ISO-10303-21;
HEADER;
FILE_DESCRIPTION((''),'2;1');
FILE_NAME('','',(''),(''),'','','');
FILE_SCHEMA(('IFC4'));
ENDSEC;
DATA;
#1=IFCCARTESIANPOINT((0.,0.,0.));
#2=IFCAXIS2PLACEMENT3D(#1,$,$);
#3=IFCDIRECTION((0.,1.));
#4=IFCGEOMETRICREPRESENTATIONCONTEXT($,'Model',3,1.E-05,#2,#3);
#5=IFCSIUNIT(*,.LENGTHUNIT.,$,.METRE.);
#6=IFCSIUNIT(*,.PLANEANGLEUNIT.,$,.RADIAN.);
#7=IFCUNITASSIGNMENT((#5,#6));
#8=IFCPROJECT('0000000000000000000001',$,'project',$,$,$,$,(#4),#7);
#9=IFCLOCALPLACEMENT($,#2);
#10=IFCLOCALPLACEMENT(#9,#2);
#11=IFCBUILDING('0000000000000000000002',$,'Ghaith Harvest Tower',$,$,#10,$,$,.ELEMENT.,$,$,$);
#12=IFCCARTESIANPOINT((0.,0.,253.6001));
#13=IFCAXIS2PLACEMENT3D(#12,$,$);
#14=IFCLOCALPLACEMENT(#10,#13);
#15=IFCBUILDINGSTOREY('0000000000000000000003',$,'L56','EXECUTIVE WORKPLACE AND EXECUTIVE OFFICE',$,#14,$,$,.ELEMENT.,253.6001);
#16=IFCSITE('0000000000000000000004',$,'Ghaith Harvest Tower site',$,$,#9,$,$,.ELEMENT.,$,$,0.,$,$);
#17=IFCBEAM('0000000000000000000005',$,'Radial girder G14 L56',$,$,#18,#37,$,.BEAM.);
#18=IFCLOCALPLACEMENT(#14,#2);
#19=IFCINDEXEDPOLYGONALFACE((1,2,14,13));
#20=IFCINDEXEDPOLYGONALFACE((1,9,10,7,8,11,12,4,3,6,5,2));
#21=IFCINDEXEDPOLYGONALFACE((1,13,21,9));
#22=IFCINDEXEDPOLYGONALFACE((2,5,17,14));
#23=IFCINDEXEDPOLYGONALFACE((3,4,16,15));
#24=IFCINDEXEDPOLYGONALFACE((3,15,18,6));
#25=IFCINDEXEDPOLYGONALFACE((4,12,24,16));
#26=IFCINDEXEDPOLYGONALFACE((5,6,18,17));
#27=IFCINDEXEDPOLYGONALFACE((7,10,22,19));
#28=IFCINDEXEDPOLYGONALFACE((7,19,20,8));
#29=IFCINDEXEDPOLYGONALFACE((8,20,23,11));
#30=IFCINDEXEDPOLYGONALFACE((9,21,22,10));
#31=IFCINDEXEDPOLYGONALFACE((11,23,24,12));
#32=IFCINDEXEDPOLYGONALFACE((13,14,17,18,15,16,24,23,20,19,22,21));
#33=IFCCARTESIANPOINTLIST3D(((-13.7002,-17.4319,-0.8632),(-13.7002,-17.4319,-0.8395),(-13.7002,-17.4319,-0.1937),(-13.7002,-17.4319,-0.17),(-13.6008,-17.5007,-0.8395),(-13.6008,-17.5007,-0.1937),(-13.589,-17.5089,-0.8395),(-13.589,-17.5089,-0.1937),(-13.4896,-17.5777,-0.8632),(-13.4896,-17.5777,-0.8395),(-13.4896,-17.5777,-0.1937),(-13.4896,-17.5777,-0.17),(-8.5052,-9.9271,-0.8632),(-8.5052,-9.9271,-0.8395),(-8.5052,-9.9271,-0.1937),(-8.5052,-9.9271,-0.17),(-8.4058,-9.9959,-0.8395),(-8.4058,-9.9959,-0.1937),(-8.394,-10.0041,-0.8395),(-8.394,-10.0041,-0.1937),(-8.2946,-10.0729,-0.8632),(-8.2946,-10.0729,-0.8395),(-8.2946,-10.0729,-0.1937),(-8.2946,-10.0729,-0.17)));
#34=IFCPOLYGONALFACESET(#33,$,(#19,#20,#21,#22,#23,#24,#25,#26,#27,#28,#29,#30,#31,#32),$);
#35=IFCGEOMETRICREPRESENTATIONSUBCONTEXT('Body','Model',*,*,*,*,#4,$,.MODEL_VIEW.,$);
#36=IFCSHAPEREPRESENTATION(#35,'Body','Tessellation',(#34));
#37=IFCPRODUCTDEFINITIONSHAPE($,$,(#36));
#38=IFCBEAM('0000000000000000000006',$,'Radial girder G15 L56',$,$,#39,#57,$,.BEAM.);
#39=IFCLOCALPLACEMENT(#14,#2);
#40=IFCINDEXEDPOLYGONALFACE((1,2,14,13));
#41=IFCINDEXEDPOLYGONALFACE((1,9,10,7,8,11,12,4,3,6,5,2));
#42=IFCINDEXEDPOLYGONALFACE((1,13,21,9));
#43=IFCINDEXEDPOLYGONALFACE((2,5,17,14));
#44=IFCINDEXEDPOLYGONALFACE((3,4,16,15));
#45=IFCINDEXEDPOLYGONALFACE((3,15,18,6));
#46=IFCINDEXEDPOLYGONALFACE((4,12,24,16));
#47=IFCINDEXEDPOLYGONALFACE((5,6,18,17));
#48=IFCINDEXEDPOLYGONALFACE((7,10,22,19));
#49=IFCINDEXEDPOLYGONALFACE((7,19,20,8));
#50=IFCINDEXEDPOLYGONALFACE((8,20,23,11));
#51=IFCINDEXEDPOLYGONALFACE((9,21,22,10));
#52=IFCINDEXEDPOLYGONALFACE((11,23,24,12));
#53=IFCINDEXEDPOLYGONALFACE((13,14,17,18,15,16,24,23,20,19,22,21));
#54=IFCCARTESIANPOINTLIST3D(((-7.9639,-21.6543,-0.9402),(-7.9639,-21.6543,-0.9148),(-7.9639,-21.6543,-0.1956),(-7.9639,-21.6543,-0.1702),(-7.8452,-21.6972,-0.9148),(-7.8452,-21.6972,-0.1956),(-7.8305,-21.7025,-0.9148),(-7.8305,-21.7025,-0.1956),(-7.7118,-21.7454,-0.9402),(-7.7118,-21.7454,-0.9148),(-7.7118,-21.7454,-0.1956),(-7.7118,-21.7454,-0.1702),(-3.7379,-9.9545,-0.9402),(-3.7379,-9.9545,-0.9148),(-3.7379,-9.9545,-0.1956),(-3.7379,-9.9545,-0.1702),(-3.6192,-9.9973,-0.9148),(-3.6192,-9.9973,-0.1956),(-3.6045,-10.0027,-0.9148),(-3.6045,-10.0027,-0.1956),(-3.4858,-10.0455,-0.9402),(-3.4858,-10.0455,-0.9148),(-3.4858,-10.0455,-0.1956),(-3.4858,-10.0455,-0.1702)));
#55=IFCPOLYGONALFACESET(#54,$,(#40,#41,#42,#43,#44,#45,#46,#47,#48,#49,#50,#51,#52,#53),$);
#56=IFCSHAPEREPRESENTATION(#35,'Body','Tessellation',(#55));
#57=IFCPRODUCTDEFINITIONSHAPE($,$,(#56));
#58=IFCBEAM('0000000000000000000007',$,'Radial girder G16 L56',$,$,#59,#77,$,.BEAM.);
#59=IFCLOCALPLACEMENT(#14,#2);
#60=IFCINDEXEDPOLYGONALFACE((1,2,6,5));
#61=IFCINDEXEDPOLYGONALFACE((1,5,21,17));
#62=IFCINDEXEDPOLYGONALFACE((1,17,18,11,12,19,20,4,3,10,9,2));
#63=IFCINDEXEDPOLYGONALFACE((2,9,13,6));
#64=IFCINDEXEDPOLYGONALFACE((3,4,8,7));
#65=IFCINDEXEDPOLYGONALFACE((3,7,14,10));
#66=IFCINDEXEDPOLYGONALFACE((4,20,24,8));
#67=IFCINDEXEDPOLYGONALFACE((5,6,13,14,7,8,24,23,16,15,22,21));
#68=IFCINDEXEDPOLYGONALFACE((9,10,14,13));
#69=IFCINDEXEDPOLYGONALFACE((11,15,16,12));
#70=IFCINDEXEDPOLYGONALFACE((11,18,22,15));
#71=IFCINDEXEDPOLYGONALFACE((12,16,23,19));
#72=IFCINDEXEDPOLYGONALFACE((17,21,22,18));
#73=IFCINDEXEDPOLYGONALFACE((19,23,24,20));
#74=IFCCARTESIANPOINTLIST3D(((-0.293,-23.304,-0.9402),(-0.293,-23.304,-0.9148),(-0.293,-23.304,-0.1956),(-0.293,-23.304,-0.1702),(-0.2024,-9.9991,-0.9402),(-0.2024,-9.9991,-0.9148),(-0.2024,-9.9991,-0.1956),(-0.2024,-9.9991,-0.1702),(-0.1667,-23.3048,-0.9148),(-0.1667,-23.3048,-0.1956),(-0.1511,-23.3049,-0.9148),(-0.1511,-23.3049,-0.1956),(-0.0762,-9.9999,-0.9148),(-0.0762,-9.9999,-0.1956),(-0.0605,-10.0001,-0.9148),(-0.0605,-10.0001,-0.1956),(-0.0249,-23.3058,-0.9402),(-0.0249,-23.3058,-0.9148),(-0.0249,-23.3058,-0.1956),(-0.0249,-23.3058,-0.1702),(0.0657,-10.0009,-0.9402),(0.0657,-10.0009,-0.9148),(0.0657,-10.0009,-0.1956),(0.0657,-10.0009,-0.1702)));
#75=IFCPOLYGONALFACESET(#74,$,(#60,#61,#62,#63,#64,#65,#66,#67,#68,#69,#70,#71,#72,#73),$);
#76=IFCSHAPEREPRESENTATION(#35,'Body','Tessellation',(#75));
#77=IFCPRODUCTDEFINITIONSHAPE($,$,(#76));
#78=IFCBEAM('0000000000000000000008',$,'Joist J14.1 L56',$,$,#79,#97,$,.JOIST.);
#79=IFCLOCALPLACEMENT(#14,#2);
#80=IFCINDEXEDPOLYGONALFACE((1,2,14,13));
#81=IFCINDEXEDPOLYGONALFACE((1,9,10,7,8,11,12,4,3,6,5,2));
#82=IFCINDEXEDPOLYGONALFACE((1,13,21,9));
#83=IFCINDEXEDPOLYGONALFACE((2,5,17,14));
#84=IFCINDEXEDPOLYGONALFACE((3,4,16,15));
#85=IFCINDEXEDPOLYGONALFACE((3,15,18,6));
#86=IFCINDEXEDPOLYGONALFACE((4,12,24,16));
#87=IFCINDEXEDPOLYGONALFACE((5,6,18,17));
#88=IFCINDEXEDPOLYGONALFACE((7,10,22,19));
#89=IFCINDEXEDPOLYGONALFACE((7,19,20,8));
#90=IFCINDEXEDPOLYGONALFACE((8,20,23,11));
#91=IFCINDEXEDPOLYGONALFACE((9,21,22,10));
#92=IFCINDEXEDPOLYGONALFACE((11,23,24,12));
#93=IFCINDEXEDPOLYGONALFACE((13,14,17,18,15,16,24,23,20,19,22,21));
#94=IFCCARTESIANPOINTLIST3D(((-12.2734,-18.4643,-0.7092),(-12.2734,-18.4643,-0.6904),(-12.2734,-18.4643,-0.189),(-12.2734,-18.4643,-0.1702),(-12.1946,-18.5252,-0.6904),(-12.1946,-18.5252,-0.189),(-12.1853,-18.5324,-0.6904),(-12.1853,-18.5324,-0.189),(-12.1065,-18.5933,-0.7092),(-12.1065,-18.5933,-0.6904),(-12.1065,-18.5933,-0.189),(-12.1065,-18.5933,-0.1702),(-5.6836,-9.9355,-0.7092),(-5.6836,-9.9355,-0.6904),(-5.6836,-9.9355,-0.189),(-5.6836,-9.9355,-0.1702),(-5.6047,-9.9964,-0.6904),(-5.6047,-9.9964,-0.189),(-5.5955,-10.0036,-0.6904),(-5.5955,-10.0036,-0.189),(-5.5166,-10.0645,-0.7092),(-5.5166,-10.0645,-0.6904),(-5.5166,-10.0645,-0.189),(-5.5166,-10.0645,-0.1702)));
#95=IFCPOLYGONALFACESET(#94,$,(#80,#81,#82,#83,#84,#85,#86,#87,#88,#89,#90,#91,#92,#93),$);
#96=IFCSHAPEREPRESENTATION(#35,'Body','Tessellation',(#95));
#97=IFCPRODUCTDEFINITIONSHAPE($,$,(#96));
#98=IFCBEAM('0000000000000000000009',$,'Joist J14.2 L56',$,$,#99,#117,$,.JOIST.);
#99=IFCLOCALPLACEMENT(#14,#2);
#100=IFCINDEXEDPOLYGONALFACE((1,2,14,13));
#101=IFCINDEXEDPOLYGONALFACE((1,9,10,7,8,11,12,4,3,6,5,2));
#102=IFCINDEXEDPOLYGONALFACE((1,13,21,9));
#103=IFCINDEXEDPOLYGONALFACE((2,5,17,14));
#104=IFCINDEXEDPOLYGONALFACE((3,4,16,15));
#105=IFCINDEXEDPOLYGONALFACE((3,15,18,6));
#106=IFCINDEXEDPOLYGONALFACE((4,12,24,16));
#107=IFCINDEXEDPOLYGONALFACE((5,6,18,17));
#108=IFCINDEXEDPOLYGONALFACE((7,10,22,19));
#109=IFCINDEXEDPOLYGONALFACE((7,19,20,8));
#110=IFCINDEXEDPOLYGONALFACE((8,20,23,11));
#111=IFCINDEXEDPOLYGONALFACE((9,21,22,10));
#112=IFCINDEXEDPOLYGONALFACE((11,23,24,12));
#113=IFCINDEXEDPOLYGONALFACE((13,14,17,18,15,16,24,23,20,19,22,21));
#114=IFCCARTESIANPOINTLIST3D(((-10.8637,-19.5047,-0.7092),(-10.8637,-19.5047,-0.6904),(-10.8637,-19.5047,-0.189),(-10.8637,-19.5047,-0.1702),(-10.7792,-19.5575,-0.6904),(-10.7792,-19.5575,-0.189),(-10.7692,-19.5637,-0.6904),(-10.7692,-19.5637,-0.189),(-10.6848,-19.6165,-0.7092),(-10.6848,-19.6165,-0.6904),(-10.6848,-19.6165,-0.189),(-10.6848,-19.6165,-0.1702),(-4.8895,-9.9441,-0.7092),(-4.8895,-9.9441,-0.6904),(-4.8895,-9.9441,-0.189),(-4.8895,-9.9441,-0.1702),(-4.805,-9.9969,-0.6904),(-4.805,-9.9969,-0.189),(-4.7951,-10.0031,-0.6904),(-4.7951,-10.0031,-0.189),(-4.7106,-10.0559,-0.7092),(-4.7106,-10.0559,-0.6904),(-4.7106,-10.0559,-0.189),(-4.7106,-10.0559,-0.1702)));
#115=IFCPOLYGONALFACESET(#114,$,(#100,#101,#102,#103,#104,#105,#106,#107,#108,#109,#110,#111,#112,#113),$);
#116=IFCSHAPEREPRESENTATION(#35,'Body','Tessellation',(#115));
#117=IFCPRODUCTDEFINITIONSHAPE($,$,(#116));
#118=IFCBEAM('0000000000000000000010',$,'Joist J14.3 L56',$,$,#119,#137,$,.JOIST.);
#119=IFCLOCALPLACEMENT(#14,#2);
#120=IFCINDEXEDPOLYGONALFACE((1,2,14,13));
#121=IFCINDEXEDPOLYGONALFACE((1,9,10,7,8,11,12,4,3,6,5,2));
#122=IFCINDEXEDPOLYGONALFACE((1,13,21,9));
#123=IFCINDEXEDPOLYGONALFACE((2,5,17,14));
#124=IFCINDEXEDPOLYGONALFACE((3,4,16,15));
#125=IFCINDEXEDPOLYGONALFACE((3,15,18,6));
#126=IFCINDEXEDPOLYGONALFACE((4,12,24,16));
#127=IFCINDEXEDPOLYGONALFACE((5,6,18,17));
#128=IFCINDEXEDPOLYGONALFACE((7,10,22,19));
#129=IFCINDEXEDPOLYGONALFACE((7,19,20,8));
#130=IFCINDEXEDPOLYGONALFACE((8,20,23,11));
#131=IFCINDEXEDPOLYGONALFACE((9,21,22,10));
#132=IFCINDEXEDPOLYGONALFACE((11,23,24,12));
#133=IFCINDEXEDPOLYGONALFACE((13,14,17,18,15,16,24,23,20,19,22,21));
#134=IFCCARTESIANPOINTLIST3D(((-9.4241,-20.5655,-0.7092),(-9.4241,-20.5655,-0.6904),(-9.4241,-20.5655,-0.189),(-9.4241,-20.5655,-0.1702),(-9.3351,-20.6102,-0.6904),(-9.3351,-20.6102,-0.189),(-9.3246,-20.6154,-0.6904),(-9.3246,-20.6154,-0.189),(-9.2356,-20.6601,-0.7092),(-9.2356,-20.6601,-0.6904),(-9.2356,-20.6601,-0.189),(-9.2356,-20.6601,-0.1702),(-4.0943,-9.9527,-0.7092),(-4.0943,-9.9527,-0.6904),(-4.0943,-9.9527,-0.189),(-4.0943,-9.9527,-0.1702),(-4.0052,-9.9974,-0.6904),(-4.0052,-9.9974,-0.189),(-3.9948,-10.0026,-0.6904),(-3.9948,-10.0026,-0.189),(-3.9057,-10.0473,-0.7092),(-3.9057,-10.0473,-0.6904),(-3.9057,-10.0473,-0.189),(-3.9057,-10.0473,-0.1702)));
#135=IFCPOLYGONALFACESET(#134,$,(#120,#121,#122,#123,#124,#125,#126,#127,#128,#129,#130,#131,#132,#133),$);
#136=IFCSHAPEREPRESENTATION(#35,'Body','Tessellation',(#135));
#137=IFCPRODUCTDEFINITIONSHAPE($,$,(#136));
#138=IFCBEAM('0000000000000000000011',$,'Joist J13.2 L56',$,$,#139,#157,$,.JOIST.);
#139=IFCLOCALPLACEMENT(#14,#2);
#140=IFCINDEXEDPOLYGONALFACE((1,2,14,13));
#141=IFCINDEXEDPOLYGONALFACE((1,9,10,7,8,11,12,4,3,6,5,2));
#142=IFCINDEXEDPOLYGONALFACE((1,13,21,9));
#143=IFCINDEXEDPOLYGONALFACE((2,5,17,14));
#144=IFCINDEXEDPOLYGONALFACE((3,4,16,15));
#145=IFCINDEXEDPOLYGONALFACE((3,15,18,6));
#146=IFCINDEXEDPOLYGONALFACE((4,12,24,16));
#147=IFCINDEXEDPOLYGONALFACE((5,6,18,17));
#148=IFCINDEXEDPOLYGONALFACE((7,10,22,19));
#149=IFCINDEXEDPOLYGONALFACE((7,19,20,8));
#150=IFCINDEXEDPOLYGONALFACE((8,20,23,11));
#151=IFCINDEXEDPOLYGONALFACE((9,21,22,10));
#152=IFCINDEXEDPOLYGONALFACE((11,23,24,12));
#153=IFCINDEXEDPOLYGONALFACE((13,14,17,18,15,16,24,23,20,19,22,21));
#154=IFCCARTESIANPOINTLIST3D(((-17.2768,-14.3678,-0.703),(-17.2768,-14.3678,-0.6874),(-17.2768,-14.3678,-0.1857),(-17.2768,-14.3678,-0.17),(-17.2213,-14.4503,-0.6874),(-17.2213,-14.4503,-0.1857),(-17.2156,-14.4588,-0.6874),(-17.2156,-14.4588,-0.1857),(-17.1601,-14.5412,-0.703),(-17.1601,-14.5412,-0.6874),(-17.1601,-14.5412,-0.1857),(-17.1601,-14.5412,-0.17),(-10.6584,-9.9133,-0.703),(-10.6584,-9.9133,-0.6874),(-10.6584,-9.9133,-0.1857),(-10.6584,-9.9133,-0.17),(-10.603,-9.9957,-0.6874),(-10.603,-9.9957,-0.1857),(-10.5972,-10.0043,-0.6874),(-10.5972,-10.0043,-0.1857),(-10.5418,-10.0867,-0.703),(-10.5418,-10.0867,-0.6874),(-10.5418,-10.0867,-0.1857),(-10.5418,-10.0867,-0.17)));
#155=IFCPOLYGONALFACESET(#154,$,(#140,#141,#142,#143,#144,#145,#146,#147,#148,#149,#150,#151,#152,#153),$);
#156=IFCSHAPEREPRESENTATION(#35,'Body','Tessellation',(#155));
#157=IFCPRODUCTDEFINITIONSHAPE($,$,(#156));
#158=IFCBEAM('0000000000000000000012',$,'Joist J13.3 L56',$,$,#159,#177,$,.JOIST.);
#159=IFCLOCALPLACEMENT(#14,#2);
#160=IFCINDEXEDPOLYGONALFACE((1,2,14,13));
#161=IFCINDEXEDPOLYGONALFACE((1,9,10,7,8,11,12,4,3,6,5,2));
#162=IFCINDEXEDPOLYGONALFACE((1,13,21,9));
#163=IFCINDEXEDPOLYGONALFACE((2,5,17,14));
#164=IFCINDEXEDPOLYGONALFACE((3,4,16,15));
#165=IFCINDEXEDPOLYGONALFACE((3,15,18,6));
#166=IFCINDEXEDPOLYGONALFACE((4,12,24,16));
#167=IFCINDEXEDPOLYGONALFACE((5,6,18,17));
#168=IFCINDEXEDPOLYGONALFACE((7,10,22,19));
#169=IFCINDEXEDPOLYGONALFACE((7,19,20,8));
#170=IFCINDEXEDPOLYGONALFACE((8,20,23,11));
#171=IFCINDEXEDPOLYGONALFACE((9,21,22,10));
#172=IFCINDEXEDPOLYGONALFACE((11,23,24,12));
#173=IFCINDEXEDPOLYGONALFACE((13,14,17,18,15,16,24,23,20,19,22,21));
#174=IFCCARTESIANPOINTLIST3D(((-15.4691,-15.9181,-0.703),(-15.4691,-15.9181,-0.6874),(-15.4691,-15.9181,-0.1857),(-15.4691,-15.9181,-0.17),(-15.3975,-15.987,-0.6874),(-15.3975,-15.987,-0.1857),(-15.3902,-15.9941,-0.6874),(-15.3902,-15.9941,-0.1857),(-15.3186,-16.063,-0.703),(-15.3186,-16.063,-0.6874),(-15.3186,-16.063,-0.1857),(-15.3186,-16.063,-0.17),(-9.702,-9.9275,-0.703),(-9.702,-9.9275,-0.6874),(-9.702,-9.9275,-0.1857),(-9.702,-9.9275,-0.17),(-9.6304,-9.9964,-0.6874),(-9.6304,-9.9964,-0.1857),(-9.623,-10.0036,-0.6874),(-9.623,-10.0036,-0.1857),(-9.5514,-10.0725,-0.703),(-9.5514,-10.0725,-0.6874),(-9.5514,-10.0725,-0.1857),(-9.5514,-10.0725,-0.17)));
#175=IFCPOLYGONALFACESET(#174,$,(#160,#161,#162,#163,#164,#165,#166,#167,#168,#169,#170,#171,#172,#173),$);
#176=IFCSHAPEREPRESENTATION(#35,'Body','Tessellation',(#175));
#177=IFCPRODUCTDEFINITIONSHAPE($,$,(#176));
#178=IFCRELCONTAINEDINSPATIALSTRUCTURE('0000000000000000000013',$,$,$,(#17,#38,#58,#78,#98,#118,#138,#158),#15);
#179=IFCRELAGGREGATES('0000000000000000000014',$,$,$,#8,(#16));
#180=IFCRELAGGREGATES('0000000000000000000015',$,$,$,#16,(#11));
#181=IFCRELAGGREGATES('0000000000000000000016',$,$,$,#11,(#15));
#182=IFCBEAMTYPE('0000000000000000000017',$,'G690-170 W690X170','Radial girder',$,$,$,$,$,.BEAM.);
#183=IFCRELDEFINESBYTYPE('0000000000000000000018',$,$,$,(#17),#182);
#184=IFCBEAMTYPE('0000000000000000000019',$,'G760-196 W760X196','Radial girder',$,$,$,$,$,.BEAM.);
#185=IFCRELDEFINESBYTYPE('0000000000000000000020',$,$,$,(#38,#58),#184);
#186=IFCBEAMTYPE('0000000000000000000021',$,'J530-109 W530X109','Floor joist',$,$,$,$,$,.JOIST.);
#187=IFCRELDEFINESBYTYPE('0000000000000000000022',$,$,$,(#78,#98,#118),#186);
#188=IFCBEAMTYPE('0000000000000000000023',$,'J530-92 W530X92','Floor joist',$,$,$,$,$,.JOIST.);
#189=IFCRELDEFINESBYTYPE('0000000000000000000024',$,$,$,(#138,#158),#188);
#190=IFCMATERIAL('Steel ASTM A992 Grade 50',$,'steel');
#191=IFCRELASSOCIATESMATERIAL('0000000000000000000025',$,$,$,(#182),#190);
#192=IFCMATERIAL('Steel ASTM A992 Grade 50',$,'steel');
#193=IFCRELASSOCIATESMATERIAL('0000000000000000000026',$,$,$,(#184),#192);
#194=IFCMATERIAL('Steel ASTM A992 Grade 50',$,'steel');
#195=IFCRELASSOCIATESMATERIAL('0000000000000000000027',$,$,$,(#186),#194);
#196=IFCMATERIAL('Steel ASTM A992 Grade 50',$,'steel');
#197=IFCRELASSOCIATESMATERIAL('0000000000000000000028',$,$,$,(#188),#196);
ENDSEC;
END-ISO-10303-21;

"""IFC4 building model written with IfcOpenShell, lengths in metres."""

from ifc_helpers import new_model, si_unit, direction, frame, origin, origin_2d, place, context, subcontext, project, spatial, i_section, extrude, material, material_profile, profile_set, type_object, element, save


model = new_model("IFC4")

# Units and contexts
model_context = context("Model", 3, precision=1e-05, world=origin(), true_north=direction((0.0, 1.0)))
body_context = subcontext(model_context, "Body", "Model", "MODEL_VIEW")
ifc_project = project(units=[si_unit("LENGTHUNIT", "METRE"), si_unit("PLANEANGLEUNIT", "RADIAN")], contexts=[model_context])

# Site, building, storey
site_placement = place(None, origin())
site = spatial("IfcSite", under=ifc_project, at=site_placement, Name="Ghaith Harvest Tower site", CompositionType="ELEMENT", RefElevation=0.0)
building_placement = place(site_placement, origin())
building = spatial("IfcBuilding", under=site, at=building_placement, Name="Ghaith Harvest Tower", CompositionType="ELEMENT")
storey_placement = place(building_placement, frame((0.0, 0.0, 253.6001)))
storey = spatial("IfcBuildingStorey", under=building, at=storey_placement, Name="L56", Description="EXECUTIVE WORKPLACE AND EXECUTIVE OFFICE", CompositionType="ELEMENT", Elevation=253.6001)

# Beams
ifc_material_1 = material(Name="Steel ASTM A992 Grade 50", Category="steel")
ifc_material_profile_1 = material_profile(ifc_material_1, i_section(OverallWidth=0.2561, OverallDepth=0.6931, WebThickness=0.0144, FlangeThickness=0.0237, at=origin_2d()), Name="W690X170")
ifc_profile_set_1 = profile_set([ifc_material_profile_1], Name="Steel ASTM A992 Grade 50")
beam_type_1 = type_object("IfcBeamType", Name="G690-170 W690X170", Description="Radial girder", PredefinedType="BEAM", material=ifc_profile_set_1)
beam_1_placement = place(storey_placement, frame((-8.3999, -10.0, -0.5166), z_axis=(-0.569164, -0.822224, 0.0), x_axis=(0.822224, -0.569164, 0.0)))
element("IfcBeam", 1, at=beam_1_placement, inside=storey, type_object=beam_type_1, Name="Radial girder G14 L56", PredefinedType="BEAM", context=body_context, shape_type="SweptSolid", body=[
    extrude(i_section(OverallWidth=0.2561, OverallDepth=0.6931, WebThickness=0.0144, FlangeThickness=0.0237, at=origin_2d()), origin(), (0.0, 0.0, 1.0), 9.1274),
])
ifc_material_2 = material(Name="Steel ASTM A992 Grade 50", Category="steel")
ifc_material_profile_2 = material_profile(ifc_material_2, i_section(OverallWidth=0.2681, OverallDepth=0.77, WebThickness=0.0156, FlangeThickness=0.0254, at=origin_2d()), Name="W760X196")
ifc_profile_set_2 = profile_set([ifc_material_profile_2], Name="Steel ASTM A992 Grade 50")
beam_type_2 = type_object("IfcBeamType", Name="G760-196 W760X196", Description="Radial girder", PredefinedType="BEAM", material=ifc_profile_set_2)
beam_2_placement = place(storey_placement, frame((-3.6118, -10.0, -0.5552), z_axis=(-0.339722, -0.940526, 0.0), x_axis=(0.940526, -0.339722, 0.0)))
element("IfcBeam", 2, at=beam_2_placement, inside=storey, type_object=beam_type_2, Name="Radial girder G15 L56", PredefinedType="BEAM", context=body_context, shape_type="SweptSolid", body=[
    extrude(i_section(OverallWidth=0.2681, OverallDepth=0.77, WebThickness=0.0156, FlangeThickness=0.0254, at=origin_2d()), origin(), (0.0, 0.0, 1.0), 12.4397),
])
beam_3_placement = place(storey_placement, frame((-0.0684, -10.0, -0.5552), z_axis=(-0.006808, -0.999977, 0.0), x_axis=(0.999977, -0.006808, 0.0)))
element("IfcBeam", 3, at=beam_3_placement, inside=storey, type_object=beam_type_2, Name="Radial girder G16 L56", PredefinedType="BEAM", context=body_context, shape_type="SweptSolid", body=[
    extrude(i_section(OverallWidth=0.2681, OverallDepth=0.77, WebThickness=0.0156, FlangeThickness=0.0254, at=origin_2d()), origin(), (0.0, 0.0, 1.0), 13.3052),
])
ifc_material_3 = material(Name="Steel ASTM A992 Grade 50", Category="steel")
ifc_material_profile_3 = material_profile(ifc_material_3, i_section(OverallWidth=0.2109, OverallDepth=0.5391, WebThickness=0.0117, FlangeThickness=0.0188, at=origin_2d()), Name="W530X109")
ifc_profile_set_3 = profile_set([ifc_material_profile_3], Name="Steel ASTM A992 Grade 50")
beam_type_3 = type_object("IfcBeamType", Name="J530-109 W530X109", Description="Floor joist", PredefinedType="JOIST", material=ifc_profile_set_3)
beam_4_placement = place(storey_placement, frame((-5.6001, -10.0, -0.4397), z_axis=(-0.611413, -0.791312, 0.0), x_axis=(0.791312, -0.611413, 0.0)))
element("IfcBeam", 4, at=beam_4_placement, inside=storey, type_object=beam_type_3, Name="Joist J14.1 L56", PredefinedType="JOIST", context=body_context, shape_type="SweptSolid", body=[
    extrude(i_section(OverallWidth=0.2109, OverallDepth=0.5391, WebThickness=0.0117, FlangeThickness=0.0188, at=origin_2d()), origin(), (0.0, 0.0, 1.0), 10.7781),
])
beam_5_placement = place(storey_placement, frame((-4.8, -10.0, -0.4397), z_axis=(-0.529921, -0.848047, 0.0), x_axis=(0.848047, -0.529921, 0.0)))
element("IfcBeam", 5, at=beam_5_placement, inside=storey, type_object=beam_type_3, Name="Joist J14.2 L56", PredefinedType="JOIST", context=body_context, shape_type="SweptSolid", body=[
    extrude(i_section(OverallWidth=0.2109, OverallDepth=0.5391, WebThickness=0.0117, FlangeThickness=0.0188, at=origin_2d()), origin(), (0.0, 0.0, 1.0), 11.2737),
])
beam_6_placement = place(storey_placement, frame((-4.0, -10.0, -0.4397), z_axis=(-0.448792, -0.893636, 0.0), x_axis=(0.893636, -0.448792, 0.0)))
element("IfcBeam", 6, at=beam_6_placement, inside=storey, type_object=beam_type_3, Name="Joist J14.3 L56", PredefinedType="JOIST", context=body_context, shape_type="SweptSolid", body=[
    extrude(i_section(OverallWidth=0.2109, OverallDepth=0.5391, WebThickness=0.0117, FlangeThickness=0.0188, at=origin_2d()), origin(), (0.0, 0.0, 1.0), 11.876),
])
ifc_material_4 = material(Name="Steel ASTM A992 Grade 50", Category="steel")
ifc_material_profile_4 = material_profile(ifc_material_4, i_section(OverallWidth=0.209, OverallDepth=0.533, WebThickness=0.0103, FlangeThickness=0.0156, at=origin_2d()), Name="W530X92")
ifc_profile_set_4 = profile_set([ifc_material_profile_4], Name="Steel ASTM A992 Grade 50")
beam_type_4 = type_object("IfcBeamType", Name="J530-92 W530X92", Description="Floor joist", PredefinedType="JOIST", material=ifc_profile_set_4)
beam_7_placement = place(storey_placement, frame((-10.6001, -10.0, -0.4365), z_axis=(-0.829594, -0.558367, 0.0), x_axis=(0.558367, -0.829594, 0.0)))
element("IfcBeam", 7, at=beam_7_placement, inside=storey, type_object=beam_type_4, Name="Joist J13.2 L56", PredefinedType="JOIST", context=body_context, shape_type="SweptSolid", body=[
    extrude(i_section(OverallWidth=0.209, OverallDepth=0.533, WebThickness=0.0103, FlangeThickness=0.0156, at=origin_2d()), origin(), (0.0, 0.0, 1.0), 7.9778),
])
beam_8_placement = place(storey_placement, frame((-9.6267, -10.0, -0.4365), z_axis=(-0.693547, -0.720411, 0.0), x_axis=(0.720411, -0.693547, 0.0)))
element("IfcBeam", 8, at=beam_8_placement, inside=storey, type_object=beam_type_4, Name="Joist J13.3 L56", PredefinedType="JOIST", context=body_context, shape_type="SweptSolid", body=[
    extrude(i_section(OverallWidth=0.209, OverallDepth=0.533, WebThickness=0.0103, FlangeThickness=0.0156, at=origin_2d()), origin(), (0.0, 0.0, 1.0), 8.3154),
])

save(model, "model.ifc")
